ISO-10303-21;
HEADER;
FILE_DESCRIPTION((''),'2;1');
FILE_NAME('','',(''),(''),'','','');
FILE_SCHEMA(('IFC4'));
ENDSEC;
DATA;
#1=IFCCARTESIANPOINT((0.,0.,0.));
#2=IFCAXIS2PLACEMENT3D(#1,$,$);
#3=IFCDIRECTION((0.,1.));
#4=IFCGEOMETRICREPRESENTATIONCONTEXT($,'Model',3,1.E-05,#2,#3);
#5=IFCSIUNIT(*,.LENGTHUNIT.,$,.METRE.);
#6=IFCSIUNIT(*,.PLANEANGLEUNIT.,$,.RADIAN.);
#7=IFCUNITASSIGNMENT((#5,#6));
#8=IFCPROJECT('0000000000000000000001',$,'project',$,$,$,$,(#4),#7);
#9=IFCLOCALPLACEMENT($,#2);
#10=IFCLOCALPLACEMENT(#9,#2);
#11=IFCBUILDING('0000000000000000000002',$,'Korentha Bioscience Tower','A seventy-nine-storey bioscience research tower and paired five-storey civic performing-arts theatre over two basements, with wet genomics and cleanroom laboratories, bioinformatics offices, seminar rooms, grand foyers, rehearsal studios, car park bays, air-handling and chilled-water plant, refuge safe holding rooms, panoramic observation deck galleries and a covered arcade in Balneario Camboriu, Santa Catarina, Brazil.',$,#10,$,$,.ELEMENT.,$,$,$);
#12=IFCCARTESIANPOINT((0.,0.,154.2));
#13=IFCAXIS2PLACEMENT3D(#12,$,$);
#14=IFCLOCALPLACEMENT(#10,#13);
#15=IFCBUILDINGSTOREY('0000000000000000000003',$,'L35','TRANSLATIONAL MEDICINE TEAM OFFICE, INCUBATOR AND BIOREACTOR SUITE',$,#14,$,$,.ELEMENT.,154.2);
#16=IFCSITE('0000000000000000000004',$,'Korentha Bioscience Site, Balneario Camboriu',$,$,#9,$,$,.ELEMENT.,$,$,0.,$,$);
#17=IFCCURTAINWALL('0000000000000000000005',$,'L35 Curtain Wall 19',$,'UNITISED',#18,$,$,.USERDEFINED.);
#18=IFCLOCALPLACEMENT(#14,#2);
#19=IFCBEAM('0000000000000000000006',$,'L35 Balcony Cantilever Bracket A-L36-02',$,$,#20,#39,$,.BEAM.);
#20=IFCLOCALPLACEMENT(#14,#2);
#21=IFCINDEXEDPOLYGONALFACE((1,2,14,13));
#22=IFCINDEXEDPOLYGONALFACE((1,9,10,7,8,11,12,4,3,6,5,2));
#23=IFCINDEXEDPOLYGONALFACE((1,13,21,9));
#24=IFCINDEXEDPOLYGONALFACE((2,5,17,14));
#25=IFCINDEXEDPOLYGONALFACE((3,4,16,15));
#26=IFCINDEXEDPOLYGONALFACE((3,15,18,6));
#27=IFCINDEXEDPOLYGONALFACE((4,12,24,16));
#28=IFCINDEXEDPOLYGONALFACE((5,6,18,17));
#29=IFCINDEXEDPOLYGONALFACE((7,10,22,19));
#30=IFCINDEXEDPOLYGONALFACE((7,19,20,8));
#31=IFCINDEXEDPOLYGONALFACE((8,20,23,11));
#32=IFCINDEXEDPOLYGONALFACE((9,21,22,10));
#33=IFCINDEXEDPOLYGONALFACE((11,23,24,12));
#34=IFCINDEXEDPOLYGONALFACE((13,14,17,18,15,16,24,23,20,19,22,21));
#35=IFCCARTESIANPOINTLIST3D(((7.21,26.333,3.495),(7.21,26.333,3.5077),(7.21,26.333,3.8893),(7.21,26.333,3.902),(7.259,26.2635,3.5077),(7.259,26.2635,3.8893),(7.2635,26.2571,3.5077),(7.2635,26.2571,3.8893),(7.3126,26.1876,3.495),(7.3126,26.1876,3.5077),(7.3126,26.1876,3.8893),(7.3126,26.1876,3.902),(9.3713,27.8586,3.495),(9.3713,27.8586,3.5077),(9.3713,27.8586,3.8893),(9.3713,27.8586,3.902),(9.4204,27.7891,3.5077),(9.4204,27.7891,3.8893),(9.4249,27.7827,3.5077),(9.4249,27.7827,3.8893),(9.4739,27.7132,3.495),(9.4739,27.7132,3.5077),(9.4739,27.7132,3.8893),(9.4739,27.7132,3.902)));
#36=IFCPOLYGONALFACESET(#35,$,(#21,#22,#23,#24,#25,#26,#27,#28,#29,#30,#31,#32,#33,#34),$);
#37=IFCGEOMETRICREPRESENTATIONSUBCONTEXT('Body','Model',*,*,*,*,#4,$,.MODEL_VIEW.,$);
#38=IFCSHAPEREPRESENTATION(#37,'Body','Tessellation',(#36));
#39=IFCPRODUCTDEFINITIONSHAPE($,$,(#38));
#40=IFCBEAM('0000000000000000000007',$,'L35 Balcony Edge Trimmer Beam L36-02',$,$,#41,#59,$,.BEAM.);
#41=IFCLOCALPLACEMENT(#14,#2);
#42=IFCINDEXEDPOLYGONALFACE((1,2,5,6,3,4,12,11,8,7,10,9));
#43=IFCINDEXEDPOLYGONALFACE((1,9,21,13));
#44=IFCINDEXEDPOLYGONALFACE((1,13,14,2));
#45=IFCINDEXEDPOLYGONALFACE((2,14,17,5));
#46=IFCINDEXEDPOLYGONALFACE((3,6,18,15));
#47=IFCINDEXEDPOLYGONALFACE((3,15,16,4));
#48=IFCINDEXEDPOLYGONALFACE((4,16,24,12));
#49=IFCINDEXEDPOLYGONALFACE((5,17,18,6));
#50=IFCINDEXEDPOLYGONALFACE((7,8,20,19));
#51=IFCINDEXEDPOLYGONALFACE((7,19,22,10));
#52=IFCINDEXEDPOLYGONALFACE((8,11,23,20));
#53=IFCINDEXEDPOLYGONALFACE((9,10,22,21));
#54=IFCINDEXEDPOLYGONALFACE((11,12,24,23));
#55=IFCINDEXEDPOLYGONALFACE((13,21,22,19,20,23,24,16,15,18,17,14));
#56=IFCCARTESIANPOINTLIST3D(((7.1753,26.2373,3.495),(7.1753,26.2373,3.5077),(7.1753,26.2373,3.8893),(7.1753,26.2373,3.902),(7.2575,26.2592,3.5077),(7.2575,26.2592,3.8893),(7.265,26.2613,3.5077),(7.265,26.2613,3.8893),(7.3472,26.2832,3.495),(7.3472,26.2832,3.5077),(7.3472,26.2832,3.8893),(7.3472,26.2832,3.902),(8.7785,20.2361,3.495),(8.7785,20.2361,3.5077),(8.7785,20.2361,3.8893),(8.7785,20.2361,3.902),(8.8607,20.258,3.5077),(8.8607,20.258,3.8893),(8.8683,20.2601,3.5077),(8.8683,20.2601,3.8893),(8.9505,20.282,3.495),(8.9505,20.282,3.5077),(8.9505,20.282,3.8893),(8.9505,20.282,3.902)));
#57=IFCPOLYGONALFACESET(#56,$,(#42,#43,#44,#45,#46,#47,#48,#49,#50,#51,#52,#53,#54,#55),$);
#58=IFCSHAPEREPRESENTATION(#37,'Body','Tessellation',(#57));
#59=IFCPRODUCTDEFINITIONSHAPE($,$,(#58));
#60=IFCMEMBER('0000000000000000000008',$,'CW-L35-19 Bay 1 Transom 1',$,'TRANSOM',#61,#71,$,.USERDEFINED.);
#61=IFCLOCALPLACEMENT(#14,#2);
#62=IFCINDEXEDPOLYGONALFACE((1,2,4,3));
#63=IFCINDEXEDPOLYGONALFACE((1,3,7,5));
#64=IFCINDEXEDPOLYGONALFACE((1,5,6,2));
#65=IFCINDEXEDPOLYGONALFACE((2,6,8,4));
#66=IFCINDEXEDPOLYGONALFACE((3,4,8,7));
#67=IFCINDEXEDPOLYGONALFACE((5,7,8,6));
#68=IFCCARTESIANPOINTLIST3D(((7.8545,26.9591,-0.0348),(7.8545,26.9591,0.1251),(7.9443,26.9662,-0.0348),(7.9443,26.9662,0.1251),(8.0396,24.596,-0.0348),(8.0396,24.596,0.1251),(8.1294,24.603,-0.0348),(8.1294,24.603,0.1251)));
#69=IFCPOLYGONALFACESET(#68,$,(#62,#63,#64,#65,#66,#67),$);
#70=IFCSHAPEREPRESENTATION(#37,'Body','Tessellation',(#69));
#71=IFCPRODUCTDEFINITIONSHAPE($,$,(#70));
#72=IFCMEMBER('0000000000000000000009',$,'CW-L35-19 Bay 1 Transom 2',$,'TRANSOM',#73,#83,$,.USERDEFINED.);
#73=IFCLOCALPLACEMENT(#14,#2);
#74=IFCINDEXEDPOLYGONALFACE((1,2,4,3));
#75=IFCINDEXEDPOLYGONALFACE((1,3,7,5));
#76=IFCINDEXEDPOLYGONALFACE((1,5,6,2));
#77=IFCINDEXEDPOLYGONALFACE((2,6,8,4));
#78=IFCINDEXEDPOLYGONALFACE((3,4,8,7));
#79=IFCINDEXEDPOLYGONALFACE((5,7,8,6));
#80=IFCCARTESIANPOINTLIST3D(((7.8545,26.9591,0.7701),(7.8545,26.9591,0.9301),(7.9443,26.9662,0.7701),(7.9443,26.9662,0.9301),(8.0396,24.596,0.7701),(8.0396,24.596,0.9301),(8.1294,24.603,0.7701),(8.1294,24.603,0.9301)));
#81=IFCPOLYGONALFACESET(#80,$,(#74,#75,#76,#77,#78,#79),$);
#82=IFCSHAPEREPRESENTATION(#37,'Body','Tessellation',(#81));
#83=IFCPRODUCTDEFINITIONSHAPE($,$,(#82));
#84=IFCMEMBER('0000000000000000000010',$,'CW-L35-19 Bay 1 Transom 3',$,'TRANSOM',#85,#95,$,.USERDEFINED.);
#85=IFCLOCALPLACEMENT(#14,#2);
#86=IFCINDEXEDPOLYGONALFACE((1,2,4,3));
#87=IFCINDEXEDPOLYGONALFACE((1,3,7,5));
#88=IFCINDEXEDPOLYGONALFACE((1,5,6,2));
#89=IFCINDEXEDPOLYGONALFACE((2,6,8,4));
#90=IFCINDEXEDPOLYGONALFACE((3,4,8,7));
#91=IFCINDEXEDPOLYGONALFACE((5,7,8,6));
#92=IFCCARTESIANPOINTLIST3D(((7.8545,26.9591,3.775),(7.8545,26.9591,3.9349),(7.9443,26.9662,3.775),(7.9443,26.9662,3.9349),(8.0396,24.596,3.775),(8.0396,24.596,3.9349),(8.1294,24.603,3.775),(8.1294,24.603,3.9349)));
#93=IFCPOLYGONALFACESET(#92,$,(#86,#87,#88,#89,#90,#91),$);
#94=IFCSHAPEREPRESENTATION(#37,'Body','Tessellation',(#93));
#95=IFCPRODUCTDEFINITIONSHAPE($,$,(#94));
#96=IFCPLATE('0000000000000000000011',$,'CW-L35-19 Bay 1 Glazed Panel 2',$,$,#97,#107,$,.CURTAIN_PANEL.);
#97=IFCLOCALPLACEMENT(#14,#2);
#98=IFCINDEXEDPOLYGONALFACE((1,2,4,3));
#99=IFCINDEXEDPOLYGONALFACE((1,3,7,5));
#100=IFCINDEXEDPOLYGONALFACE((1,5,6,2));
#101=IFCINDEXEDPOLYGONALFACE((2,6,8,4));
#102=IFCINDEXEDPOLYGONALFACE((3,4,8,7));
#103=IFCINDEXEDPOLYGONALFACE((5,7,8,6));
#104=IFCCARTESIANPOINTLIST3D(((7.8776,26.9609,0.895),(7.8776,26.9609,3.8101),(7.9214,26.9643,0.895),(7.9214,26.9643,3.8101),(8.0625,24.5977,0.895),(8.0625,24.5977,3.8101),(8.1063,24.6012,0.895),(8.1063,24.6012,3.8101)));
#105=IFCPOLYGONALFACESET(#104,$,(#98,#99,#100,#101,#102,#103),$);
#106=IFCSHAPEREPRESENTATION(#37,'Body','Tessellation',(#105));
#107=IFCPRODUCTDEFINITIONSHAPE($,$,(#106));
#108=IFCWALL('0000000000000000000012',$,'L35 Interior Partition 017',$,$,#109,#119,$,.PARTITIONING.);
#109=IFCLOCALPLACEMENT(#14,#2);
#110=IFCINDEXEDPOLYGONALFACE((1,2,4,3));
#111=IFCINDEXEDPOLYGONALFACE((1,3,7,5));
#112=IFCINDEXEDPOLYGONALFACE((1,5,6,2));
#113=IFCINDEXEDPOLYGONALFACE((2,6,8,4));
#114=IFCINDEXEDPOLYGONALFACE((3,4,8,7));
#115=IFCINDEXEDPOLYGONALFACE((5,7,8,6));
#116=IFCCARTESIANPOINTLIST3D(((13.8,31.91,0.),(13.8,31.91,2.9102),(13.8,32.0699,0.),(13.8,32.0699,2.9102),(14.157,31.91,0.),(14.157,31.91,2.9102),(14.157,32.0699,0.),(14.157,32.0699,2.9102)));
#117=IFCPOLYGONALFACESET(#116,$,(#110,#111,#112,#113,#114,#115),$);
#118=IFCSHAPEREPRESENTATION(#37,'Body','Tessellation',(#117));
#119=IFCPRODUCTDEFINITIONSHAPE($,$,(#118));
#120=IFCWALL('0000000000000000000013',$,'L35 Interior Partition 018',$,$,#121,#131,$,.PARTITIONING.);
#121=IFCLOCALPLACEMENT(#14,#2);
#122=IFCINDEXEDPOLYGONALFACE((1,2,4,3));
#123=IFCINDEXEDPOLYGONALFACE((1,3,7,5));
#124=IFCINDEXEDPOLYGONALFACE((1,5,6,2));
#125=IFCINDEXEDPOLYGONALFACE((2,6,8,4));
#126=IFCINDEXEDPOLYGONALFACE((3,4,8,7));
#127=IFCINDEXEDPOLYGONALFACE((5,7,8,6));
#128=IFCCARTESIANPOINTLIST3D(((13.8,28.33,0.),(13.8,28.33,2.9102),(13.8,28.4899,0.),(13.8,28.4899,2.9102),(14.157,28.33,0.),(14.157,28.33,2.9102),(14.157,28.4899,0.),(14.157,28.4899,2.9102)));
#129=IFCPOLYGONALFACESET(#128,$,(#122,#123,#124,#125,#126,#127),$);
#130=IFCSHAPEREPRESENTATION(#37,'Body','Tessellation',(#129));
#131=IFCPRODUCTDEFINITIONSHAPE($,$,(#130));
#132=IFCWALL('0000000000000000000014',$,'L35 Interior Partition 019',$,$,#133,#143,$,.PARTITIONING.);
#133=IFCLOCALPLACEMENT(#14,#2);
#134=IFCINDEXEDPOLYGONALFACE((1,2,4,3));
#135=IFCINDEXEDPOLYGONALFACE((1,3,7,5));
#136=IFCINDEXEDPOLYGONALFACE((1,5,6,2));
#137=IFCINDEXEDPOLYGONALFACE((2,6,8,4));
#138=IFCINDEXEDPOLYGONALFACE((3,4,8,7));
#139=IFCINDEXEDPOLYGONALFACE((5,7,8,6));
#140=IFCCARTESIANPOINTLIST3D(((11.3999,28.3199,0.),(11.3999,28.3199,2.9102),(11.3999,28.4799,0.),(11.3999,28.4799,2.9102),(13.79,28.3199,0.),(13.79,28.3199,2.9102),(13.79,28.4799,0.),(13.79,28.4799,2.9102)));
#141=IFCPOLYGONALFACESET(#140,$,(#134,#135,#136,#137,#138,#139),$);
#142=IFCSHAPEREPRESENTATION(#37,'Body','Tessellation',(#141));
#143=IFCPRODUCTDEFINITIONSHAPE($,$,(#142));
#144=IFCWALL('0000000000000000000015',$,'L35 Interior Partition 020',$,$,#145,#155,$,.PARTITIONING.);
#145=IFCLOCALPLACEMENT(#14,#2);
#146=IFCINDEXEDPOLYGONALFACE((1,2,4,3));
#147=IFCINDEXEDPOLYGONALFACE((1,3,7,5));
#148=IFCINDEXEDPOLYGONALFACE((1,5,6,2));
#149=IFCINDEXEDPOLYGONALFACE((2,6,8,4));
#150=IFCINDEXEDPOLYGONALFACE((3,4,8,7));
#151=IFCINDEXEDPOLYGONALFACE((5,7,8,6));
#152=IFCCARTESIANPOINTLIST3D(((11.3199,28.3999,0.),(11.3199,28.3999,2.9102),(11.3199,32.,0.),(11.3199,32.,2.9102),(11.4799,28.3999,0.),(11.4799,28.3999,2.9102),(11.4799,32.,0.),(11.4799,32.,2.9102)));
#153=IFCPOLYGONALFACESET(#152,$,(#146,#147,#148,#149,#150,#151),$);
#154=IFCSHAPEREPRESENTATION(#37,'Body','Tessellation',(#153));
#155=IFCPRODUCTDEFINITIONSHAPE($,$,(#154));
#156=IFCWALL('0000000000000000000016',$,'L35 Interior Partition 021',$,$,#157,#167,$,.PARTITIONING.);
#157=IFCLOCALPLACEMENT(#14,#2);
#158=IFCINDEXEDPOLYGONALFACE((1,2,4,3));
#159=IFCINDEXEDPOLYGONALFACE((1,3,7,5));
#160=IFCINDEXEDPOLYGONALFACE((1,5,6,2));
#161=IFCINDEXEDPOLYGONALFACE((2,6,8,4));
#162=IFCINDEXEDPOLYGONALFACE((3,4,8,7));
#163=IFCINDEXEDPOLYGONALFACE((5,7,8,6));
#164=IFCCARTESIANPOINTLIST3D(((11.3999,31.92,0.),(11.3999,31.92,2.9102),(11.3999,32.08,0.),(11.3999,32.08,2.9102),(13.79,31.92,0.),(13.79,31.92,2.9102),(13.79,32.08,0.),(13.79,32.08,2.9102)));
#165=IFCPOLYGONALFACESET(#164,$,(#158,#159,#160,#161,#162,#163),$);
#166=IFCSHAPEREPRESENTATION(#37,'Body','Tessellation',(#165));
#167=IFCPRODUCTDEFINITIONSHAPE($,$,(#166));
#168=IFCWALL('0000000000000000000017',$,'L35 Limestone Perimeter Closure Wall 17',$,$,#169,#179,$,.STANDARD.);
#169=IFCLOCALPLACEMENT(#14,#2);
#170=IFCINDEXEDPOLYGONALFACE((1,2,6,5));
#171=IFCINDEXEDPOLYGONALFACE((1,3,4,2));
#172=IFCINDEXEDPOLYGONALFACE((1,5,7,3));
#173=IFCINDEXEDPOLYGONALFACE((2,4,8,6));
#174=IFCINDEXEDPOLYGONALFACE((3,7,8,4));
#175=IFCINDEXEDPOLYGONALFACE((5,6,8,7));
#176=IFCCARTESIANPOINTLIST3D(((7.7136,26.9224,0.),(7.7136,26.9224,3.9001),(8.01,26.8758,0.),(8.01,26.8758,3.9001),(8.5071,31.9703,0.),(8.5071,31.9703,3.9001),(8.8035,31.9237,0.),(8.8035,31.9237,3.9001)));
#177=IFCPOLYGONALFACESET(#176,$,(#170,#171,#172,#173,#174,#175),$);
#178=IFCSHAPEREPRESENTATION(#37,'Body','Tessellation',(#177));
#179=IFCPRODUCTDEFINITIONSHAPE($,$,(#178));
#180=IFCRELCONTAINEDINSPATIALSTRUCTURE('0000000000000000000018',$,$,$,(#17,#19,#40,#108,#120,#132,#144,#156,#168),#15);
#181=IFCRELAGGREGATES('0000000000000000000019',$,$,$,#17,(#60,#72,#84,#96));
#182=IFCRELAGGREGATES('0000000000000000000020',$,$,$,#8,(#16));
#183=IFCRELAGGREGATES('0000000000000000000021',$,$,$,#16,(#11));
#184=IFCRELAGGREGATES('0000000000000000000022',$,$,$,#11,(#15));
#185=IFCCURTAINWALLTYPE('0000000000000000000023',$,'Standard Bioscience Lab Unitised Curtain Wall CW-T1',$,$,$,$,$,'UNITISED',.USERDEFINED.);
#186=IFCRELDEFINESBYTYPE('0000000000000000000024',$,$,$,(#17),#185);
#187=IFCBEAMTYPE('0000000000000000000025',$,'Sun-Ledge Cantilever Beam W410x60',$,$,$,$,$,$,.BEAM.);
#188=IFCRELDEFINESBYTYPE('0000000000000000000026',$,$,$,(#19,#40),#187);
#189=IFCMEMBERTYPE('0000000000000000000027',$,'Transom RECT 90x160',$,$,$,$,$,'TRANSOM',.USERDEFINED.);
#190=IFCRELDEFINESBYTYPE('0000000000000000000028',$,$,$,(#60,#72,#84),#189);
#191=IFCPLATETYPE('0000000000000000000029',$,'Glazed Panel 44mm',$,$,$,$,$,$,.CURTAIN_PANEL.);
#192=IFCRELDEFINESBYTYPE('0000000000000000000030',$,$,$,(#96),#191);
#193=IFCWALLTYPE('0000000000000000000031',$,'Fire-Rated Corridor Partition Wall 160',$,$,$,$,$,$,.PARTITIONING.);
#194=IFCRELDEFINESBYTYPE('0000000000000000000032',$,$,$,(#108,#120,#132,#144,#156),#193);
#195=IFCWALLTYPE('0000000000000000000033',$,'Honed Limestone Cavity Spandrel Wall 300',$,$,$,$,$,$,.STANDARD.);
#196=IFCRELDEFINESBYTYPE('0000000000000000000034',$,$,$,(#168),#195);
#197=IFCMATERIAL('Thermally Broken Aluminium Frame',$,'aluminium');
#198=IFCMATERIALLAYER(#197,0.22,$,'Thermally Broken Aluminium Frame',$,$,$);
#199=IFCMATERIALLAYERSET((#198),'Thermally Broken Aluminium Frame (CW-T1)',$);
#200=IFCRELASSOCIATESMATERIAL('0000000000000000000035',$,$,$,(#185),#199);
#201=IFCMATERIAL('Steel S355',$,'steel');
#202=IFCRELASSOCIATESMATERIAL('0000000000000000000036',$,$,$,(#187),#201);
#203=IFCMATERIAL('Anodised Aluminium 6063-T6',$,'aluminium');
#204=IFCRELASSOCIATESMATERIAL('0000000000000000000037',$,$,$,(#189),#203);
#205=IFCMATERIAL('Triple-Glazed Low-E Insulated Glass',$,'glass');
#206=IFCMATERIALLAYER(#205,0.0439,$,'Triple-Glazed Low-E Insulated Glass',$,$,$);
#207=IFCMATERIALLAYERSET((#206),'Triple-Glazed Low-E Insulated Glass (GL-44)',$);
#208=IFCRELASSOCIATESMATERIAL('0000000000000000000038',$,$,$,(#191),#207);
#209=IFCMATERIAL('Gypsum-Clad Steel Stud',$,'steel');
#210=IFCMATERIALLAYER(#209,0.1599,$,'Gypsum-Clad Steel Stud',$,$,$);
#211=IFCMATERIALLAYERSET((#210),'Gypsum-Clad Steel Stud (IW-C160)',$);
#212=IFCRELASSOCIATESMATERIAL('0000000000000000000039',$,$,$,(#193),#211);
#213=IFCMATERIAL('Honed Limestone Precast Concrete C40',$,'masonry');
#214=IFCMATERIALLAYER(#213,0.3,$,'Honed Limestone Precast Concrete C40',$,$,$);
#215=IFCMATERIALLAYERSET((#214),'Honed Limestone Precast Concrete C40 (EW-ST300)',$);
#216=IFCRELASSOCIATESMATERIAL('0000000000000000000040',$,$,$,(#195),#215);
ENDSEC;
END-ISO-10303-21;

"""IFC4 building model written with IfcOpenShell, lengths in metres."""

from ifc_helpers import new_model, si_unit, direction, frame, frame_2d, origin, origin_2d, place, context, subcontext, project, spatial, rectangle, i_section, extrude, material, layer, layer_set, material_profile, profile_set, type_object, element, aggregate, save


model = new_model("IFC4")

# Units and contexts
model_context = context("Model", 3, precision=1e-05, world=origin(), true_north=direction((0.0, 1.0)))
body_context = subcontext(model_context, "Body", "Model", "MODEL_VIEW")
ifc_project = project(units=[si_unit("LENGTHUNIT", "METRE"), si_unit("PLANEANGLEUNIT", "RADIAN")], contexts=[model_context])

# Site, building, storey
site_placement = place(None, origin())
site = spatial("IfcSite", under=ifc_project, at=site_placement, Name="Korentha Bioscience Site, Balneario Camboriu", CompositionType="ELEMENT", RefElevation=0.0)
building_placement = place(site_placement, origin())
building = spatial("IfcBuilding", under=site, at=building_placement, Name="Korentha Bioscience Tower", Description="A seventy-nine-storey bioscience research tower and paired five-storey civic performing-arts theatre over two basements, with wet genomics and cleanroom laboratories, bioinformatics offices, seminar rooms, grand foyers, rehearsal studios, car park bays, air-handling and chilled-water plant, refuge safe holding rooms, panoramic observation deck galleries and a covered arcade in Balneario Camboriu, Santa Catarina, Brazil.", CompositionType="ELEMENT")
storey_placement = place(building_placement, frame((0.0, 0.0, 154.2)))
storey = spatial("IfcBuildingStorey", under=building, at=storey_placement, Name="L35", Description="TRANSLATIONAL MEDICINE TEAM OFFICE, INCUBATOR AND BIOREACTOR SUITE", CompositionType="ELEMENT", Elevation=154.2)

# Curtain wall
ifc_material_1 = material(Name="Thermally Broken Aluminium Frame", Category="aluminium")
ifc_layer_1 = layer(ifc_material_1, 0.22, Name="Thermally Broken Aluminium Frame")
ifc_layer_set_1 = layer_set([ifc_layer_1], Name="Thermally Broken Aluminium Frame (CW-T1)")
curtain_wall_type = type_object("IfcCurtainWallType", Name="Standard Bioscience Lab Unitised Curtain Wall CW-T1", ElementType="UNITISED", PredefinedType="USERDEFINED", material=ifc_layer_set_1)
curtain_wall_placement = place(storey_placement, origin())
curtain_wall = element("IfcCurtainWall", 1, at=curtain_wall_placement, inside=storey, type_object=curtain_wall_type, Name="L35 Curtain Wall 19", ObjectType="UNITISED", PredefinedType="USERDEFINED")
ifc_material_2 = material(Name="Anodised Aluminium 6063-T6", Category="aluminium")

# Beams
ifc_material_3 = material(Name="Steel S355", Category="steel")
ifc_material_profile_1 = material_profile(ifc_material_3, i_section(OverallWidth=0.178, OverallDepth=0.407, WebThickness=0.0078, FlangeThickness=0.0127, at=origin_2d()), Name="Steel S355")
ifc_profile_set_1 = profile_set([ifc_material_profile_1], Name="Steel S355 (CB-410)")
beam_type_1 = type_object("IfcBeamType", Name="Sun-Ledge Cantilever Beam W410x60", PredefinedType="BEAM", material=ifc_profile_set_1)
beam_1_placement = place(storey_placement, frame((9.4226, 27.7859, 3.6985), z_axis=(-0.816976, -0.576672, 0.0), x_axis=(0.576672, -0.816976, 0.0)))
element("IfcBeam", 2, at=beam_1_placement, inside=storey, type_object=beam_type_1, Name="L35 Balcony Cantilever Bracket A-L36-02", PredefinedType="BEAM", context=body_context, shape_type="SweptSolid", body=[
    extrude(i_section(OverallWidth=0.178, OverallDepth=0.407, WebThickness=0.0078, FlangeThickness=0.0127, at=origin_2d()), origin(), (0.0, 0.0, 1.0), 2.6455),
])
beam_2_placement = place(storey_placement, frame((7.2612, 26.2603, 3.6985), z_axis=(0.258105, -0.966117, 0.0), x_axis=(0.966117, 0.258105, 0.0)))
element("IfcBeam", 3, at=beam_2_placement, inside=storey, type_object=beam_type_1, Name="L35 Balcony Edge Trimmer Beam L36-02", PredefinedType="BEAM", context=body_context, shape_type="SweptSolid", body=[
    extrude(i_section(OverallWidth=0.178, OverallDepth=0.407, WebThickness=0.0078, FlangeThickness=0.0127, at=origin_2d()), origin(), (0.0, 0.0, 1.0), 6.2117),
])

# Members
ifc_material_profile_2 = material_profile(ifc_material_2, rectangle(XDim=0.0901, YDim=0.1599, at=origin_2d()), Name="Anodised Aluminium 6063-T6")
ifc_profile_set_2 = profile_set([ifc_material_profile_2], Name="Anodised Aluminium 6063-T6 (CW-TRN)")
member_type_1 = type_object("IfcMemberType", Name="Transom RECT 90x160", ElementType="TRANSOM", PredefinedType="USERDEFINED", material=ifc_profile_set_2)
member_1_placement = place(storey_placement, frame((7.8994, 26.9626, 0.0452), z_axis=(0.078075, -0.996948, 0.0), x_axis=(0.996948, 0.078075, 0.0)))
member_1 = element("IfcMember", 4, at=member_1_placement, type_object=member_type_1, Name="CW-L35-19 Bay 1 Transom 1", ObjectType="TRANSOM", PredefinedType="USERDEFINED", context=body_context, shape_type="SweptSolid", body=[
    extrude(rectangle(XDim=0.0901, YDim=0.1599, at=origin_2d()), origin(), (0.0, 0.0, 1.0), 2.3704),
])
member_2_placement = place(storey_placement, frame((7.8994, 26.9626, 0.8501), z_axis=(0.078075, -0.996948, 0.0), x_axis=(0.996948, 0.078075, 0.0)))
member_2 = element("IfcMember", 5, at=member_2_placement, type_object=member_type_1, Name="CW-L35-19 Bay 1 Transom 2", ObjectType="TRANSOM", PredefinedType="USERDEFINED", context=body_context, shape_type="SweptSolid", body=[
    extrude(rectangle(XDim=0.0901, YDim=0.1599, at=origin_2d()), origin(), (0.0, 0.0, 1.0), 2.3704),
])
member_3_placement = place(storey_placement, frame((7.8994, 26.9626, 3.855), z_axis=(0.078075, -0.996948, 0.0), x_axis=(0.996948, 0.078075, 0.0)))
member_3 = element("IfcMember", 6, at=member_3_placement, type_object=member_type_1, Name="CW-L35-19 Bay 1 Transom 3", ObjectType="TRANSOM", PredefinedType="USERDEFINED", context=body_context, shape_type="SweptSolid", body=[
    extrude(rectangle(XDim=0.0901, YDim=0.1599, at=origin_2d()), origin(), (0.0, 0.0, 1.0), 2.3704),
])

# Plate
ifc_material_4 = material(Name="Triple-Glazed Low-E Insulated Glass", Category="glass")
ifc_layer_2 = layer(ifc_material_4, 0.0439, Name="Triple-Glazed Low-E Insulated Glass")
ifc_layer_set_2 = layer_set([ifc_layer_2], Name="Triple-Glazed Low-E Insulated Glass (GL-44)")
plate_type = type_object("IfcPlateType", Name="Glazed Panel 44mm", PredefinedType="CURTAIN_PANEL", material=ifc_layer_set_2)
plate_placement = place(storey_placement, frame((7.9919, 25.781, 0.895), z_axis=(0.0, 0.0, 1.0), x_axis=(0.078031, -0.996951, 0.0)))
plate = element("IfcPlate", 7, at=plate_placement, type_object=plate_type, Name="CW-L35-19 Bay 1 Glazed Panel 2", PredefinedType="CURTAIN_PANEL", context=body_context, shape_type="SweptSolid", body=[
    extrude(rectangle(XDim=2.3704, YDim=0.0439, at=origin_2d()), origin(), (0.0, 0.0, 1.0), 2.915),
])
aggregate(curtain_wall, [member_1, member_2, member_3, plate])

# Shared definitions
ifc_material_5 = material(Name="Gypsum-Clad Steel Stud", Category="steel")
ifc_layer_3 = layer(ifc_material_5, 0.1599, Name="Gypsum-Clad Steel Stud")
ifc_layer_set_3 = layer_set([ifc_layer_3], Name="Gypsum-Clad Steel Stud (IW-C160)")
wall_type_1 = type_object("IfcWallType", Name="Fire-Rated Corridor Partition Wall 160", PredefinedType="PARTITIONING", material=ifc_layer_set_3)

# Walls
for number, where, z_axis, x_axis, name in (
    (8, (13.8, 31.99, 0.0), (0.0, 0.0, 1.0), (1.0, 0.0, 0.0), "L35 Interior Partition 017"),
    (9, (14.157, 28.4099, 0.0), (0.0, 0.0, 1.0), (-1.0, 0.0, 0.0), "L35 Interior Partition 018"),
):
    element("IfcWall", number, at=place(storey_placement, frame(where, z_axis=z_axis, x_axis=x_axis)), inside=storey, type_object=wall_type_1, Name=name, PredefinedType="PARTITIONING", context=body_context, shape_type="SweptSolid", body=[
        extrude(rectangle(XDim=0.3569, YDim=0.1599, at=frame_2d((0.1785, 0.0))), origin(), (0.0, 0.0, 1.0), 2.9102),
    ])
wall_1_placement = place(storey_placement, frame((13.79, 28.3999, 0.0), z_axis=(0.0, 0.0, 1.0), x_axis=(-1.0, 0.0, 0.0)))
element("IfcWall", 10, at=wall_1_placement, inside=storey, type_object=wall_type_1, Name="L35 Interior Partition 019", PredefinedType="PARTITIONING", context=body_context, shape_type="SweptSolid", body=[
    extrude(rectangle(XDim=2.3901, YDim=0.1599, at=frame_2d((1.1951, 0.0))), origin(), (0.0, 0.0, 1.0), 2.9102),
])
wall_2_placement = place(storey_placement, frame((11.3999, 28.3999, 0.0), z_axis=(0.0, 0.0, 1.0), x_axis=(0.0, 1.0, 0.0)))
element("IfcWall", 11, at=wall_2_placement, inside=storey, type_object=wall_type_1, Name="L35 Interior Partition 020", PredefinedType="PARTITIONING", context=body_context, shape_type="SweptSolid", body=[
    extrude(rectangle(XDim=3.6001, YDim=0.1599, at=frame_2d((1.8, 0.0))), origin(), (0.0, 0.0, 1.0), 2.9102),
])
wall_3_placement = place(storey_placement, frame((11.3999, 32.0, 0.0), z_axis=(0.0, 0.0, 1.0), x_axis=(1.0, 0.0, 0.0)))
element("IfcWall", 12, at=wall_3_placement, inside=storey, type_object=wall_type_1, Name="L35 Interior Partition 021", PredefinedType="PARTITIONING", context=body_context, shape_type="SweptSolid", body=[
    extrude(rectangle(XDim=2.3901, YDim=0.1599, at=frame_2d((1.1951, 0.0))), origin(), (0.0, 0.0, 1.0), 2.9102),
])

# Shared definitions
ifc_material_6 = material(Name="Honed Limestone Precast Concrete C40", Category="masonry")
ifc_layer_4 = layer(ifc_material_6, 0.3, Name="Honed Limestone Precast Concrete C40")
ifc_layer_set_4 = layer_set([ifc_layer_4], Name="Honed Limestone Precast Concrete C40 (EW-ST300)")
wall_type_2 = type_object("IfcWallType", Name="Honed Limestone Cavity Spandrel Wall 300", PredefinedType="STANDARD", material=ifc_layer_set_4)

# Wall
wall_4_placement = place(storey_placement, frame((8.6553, 31.947, 0.0), z_axis=(0.0, 0.0, 1.0), x_axis=(-0.15528, -0.98787, 0.0)))
element("IfcWall", 13, at=wall_4_placement, inside=storey, type_object=wall_type_2, Name="L35 Limestone Perimeter Closure Wall 17", PredefinedType="STANDARD", context=body_context, shape_type="SweptSolid", body=[
    extrude(rectangle(XDim=5.1099, YDim=0.3, at=frame_2d((2.5549, 0.0))), origin(), (0.0, 0.0, 1.0), 3.9001),
])

save(model, "model.ifc")
